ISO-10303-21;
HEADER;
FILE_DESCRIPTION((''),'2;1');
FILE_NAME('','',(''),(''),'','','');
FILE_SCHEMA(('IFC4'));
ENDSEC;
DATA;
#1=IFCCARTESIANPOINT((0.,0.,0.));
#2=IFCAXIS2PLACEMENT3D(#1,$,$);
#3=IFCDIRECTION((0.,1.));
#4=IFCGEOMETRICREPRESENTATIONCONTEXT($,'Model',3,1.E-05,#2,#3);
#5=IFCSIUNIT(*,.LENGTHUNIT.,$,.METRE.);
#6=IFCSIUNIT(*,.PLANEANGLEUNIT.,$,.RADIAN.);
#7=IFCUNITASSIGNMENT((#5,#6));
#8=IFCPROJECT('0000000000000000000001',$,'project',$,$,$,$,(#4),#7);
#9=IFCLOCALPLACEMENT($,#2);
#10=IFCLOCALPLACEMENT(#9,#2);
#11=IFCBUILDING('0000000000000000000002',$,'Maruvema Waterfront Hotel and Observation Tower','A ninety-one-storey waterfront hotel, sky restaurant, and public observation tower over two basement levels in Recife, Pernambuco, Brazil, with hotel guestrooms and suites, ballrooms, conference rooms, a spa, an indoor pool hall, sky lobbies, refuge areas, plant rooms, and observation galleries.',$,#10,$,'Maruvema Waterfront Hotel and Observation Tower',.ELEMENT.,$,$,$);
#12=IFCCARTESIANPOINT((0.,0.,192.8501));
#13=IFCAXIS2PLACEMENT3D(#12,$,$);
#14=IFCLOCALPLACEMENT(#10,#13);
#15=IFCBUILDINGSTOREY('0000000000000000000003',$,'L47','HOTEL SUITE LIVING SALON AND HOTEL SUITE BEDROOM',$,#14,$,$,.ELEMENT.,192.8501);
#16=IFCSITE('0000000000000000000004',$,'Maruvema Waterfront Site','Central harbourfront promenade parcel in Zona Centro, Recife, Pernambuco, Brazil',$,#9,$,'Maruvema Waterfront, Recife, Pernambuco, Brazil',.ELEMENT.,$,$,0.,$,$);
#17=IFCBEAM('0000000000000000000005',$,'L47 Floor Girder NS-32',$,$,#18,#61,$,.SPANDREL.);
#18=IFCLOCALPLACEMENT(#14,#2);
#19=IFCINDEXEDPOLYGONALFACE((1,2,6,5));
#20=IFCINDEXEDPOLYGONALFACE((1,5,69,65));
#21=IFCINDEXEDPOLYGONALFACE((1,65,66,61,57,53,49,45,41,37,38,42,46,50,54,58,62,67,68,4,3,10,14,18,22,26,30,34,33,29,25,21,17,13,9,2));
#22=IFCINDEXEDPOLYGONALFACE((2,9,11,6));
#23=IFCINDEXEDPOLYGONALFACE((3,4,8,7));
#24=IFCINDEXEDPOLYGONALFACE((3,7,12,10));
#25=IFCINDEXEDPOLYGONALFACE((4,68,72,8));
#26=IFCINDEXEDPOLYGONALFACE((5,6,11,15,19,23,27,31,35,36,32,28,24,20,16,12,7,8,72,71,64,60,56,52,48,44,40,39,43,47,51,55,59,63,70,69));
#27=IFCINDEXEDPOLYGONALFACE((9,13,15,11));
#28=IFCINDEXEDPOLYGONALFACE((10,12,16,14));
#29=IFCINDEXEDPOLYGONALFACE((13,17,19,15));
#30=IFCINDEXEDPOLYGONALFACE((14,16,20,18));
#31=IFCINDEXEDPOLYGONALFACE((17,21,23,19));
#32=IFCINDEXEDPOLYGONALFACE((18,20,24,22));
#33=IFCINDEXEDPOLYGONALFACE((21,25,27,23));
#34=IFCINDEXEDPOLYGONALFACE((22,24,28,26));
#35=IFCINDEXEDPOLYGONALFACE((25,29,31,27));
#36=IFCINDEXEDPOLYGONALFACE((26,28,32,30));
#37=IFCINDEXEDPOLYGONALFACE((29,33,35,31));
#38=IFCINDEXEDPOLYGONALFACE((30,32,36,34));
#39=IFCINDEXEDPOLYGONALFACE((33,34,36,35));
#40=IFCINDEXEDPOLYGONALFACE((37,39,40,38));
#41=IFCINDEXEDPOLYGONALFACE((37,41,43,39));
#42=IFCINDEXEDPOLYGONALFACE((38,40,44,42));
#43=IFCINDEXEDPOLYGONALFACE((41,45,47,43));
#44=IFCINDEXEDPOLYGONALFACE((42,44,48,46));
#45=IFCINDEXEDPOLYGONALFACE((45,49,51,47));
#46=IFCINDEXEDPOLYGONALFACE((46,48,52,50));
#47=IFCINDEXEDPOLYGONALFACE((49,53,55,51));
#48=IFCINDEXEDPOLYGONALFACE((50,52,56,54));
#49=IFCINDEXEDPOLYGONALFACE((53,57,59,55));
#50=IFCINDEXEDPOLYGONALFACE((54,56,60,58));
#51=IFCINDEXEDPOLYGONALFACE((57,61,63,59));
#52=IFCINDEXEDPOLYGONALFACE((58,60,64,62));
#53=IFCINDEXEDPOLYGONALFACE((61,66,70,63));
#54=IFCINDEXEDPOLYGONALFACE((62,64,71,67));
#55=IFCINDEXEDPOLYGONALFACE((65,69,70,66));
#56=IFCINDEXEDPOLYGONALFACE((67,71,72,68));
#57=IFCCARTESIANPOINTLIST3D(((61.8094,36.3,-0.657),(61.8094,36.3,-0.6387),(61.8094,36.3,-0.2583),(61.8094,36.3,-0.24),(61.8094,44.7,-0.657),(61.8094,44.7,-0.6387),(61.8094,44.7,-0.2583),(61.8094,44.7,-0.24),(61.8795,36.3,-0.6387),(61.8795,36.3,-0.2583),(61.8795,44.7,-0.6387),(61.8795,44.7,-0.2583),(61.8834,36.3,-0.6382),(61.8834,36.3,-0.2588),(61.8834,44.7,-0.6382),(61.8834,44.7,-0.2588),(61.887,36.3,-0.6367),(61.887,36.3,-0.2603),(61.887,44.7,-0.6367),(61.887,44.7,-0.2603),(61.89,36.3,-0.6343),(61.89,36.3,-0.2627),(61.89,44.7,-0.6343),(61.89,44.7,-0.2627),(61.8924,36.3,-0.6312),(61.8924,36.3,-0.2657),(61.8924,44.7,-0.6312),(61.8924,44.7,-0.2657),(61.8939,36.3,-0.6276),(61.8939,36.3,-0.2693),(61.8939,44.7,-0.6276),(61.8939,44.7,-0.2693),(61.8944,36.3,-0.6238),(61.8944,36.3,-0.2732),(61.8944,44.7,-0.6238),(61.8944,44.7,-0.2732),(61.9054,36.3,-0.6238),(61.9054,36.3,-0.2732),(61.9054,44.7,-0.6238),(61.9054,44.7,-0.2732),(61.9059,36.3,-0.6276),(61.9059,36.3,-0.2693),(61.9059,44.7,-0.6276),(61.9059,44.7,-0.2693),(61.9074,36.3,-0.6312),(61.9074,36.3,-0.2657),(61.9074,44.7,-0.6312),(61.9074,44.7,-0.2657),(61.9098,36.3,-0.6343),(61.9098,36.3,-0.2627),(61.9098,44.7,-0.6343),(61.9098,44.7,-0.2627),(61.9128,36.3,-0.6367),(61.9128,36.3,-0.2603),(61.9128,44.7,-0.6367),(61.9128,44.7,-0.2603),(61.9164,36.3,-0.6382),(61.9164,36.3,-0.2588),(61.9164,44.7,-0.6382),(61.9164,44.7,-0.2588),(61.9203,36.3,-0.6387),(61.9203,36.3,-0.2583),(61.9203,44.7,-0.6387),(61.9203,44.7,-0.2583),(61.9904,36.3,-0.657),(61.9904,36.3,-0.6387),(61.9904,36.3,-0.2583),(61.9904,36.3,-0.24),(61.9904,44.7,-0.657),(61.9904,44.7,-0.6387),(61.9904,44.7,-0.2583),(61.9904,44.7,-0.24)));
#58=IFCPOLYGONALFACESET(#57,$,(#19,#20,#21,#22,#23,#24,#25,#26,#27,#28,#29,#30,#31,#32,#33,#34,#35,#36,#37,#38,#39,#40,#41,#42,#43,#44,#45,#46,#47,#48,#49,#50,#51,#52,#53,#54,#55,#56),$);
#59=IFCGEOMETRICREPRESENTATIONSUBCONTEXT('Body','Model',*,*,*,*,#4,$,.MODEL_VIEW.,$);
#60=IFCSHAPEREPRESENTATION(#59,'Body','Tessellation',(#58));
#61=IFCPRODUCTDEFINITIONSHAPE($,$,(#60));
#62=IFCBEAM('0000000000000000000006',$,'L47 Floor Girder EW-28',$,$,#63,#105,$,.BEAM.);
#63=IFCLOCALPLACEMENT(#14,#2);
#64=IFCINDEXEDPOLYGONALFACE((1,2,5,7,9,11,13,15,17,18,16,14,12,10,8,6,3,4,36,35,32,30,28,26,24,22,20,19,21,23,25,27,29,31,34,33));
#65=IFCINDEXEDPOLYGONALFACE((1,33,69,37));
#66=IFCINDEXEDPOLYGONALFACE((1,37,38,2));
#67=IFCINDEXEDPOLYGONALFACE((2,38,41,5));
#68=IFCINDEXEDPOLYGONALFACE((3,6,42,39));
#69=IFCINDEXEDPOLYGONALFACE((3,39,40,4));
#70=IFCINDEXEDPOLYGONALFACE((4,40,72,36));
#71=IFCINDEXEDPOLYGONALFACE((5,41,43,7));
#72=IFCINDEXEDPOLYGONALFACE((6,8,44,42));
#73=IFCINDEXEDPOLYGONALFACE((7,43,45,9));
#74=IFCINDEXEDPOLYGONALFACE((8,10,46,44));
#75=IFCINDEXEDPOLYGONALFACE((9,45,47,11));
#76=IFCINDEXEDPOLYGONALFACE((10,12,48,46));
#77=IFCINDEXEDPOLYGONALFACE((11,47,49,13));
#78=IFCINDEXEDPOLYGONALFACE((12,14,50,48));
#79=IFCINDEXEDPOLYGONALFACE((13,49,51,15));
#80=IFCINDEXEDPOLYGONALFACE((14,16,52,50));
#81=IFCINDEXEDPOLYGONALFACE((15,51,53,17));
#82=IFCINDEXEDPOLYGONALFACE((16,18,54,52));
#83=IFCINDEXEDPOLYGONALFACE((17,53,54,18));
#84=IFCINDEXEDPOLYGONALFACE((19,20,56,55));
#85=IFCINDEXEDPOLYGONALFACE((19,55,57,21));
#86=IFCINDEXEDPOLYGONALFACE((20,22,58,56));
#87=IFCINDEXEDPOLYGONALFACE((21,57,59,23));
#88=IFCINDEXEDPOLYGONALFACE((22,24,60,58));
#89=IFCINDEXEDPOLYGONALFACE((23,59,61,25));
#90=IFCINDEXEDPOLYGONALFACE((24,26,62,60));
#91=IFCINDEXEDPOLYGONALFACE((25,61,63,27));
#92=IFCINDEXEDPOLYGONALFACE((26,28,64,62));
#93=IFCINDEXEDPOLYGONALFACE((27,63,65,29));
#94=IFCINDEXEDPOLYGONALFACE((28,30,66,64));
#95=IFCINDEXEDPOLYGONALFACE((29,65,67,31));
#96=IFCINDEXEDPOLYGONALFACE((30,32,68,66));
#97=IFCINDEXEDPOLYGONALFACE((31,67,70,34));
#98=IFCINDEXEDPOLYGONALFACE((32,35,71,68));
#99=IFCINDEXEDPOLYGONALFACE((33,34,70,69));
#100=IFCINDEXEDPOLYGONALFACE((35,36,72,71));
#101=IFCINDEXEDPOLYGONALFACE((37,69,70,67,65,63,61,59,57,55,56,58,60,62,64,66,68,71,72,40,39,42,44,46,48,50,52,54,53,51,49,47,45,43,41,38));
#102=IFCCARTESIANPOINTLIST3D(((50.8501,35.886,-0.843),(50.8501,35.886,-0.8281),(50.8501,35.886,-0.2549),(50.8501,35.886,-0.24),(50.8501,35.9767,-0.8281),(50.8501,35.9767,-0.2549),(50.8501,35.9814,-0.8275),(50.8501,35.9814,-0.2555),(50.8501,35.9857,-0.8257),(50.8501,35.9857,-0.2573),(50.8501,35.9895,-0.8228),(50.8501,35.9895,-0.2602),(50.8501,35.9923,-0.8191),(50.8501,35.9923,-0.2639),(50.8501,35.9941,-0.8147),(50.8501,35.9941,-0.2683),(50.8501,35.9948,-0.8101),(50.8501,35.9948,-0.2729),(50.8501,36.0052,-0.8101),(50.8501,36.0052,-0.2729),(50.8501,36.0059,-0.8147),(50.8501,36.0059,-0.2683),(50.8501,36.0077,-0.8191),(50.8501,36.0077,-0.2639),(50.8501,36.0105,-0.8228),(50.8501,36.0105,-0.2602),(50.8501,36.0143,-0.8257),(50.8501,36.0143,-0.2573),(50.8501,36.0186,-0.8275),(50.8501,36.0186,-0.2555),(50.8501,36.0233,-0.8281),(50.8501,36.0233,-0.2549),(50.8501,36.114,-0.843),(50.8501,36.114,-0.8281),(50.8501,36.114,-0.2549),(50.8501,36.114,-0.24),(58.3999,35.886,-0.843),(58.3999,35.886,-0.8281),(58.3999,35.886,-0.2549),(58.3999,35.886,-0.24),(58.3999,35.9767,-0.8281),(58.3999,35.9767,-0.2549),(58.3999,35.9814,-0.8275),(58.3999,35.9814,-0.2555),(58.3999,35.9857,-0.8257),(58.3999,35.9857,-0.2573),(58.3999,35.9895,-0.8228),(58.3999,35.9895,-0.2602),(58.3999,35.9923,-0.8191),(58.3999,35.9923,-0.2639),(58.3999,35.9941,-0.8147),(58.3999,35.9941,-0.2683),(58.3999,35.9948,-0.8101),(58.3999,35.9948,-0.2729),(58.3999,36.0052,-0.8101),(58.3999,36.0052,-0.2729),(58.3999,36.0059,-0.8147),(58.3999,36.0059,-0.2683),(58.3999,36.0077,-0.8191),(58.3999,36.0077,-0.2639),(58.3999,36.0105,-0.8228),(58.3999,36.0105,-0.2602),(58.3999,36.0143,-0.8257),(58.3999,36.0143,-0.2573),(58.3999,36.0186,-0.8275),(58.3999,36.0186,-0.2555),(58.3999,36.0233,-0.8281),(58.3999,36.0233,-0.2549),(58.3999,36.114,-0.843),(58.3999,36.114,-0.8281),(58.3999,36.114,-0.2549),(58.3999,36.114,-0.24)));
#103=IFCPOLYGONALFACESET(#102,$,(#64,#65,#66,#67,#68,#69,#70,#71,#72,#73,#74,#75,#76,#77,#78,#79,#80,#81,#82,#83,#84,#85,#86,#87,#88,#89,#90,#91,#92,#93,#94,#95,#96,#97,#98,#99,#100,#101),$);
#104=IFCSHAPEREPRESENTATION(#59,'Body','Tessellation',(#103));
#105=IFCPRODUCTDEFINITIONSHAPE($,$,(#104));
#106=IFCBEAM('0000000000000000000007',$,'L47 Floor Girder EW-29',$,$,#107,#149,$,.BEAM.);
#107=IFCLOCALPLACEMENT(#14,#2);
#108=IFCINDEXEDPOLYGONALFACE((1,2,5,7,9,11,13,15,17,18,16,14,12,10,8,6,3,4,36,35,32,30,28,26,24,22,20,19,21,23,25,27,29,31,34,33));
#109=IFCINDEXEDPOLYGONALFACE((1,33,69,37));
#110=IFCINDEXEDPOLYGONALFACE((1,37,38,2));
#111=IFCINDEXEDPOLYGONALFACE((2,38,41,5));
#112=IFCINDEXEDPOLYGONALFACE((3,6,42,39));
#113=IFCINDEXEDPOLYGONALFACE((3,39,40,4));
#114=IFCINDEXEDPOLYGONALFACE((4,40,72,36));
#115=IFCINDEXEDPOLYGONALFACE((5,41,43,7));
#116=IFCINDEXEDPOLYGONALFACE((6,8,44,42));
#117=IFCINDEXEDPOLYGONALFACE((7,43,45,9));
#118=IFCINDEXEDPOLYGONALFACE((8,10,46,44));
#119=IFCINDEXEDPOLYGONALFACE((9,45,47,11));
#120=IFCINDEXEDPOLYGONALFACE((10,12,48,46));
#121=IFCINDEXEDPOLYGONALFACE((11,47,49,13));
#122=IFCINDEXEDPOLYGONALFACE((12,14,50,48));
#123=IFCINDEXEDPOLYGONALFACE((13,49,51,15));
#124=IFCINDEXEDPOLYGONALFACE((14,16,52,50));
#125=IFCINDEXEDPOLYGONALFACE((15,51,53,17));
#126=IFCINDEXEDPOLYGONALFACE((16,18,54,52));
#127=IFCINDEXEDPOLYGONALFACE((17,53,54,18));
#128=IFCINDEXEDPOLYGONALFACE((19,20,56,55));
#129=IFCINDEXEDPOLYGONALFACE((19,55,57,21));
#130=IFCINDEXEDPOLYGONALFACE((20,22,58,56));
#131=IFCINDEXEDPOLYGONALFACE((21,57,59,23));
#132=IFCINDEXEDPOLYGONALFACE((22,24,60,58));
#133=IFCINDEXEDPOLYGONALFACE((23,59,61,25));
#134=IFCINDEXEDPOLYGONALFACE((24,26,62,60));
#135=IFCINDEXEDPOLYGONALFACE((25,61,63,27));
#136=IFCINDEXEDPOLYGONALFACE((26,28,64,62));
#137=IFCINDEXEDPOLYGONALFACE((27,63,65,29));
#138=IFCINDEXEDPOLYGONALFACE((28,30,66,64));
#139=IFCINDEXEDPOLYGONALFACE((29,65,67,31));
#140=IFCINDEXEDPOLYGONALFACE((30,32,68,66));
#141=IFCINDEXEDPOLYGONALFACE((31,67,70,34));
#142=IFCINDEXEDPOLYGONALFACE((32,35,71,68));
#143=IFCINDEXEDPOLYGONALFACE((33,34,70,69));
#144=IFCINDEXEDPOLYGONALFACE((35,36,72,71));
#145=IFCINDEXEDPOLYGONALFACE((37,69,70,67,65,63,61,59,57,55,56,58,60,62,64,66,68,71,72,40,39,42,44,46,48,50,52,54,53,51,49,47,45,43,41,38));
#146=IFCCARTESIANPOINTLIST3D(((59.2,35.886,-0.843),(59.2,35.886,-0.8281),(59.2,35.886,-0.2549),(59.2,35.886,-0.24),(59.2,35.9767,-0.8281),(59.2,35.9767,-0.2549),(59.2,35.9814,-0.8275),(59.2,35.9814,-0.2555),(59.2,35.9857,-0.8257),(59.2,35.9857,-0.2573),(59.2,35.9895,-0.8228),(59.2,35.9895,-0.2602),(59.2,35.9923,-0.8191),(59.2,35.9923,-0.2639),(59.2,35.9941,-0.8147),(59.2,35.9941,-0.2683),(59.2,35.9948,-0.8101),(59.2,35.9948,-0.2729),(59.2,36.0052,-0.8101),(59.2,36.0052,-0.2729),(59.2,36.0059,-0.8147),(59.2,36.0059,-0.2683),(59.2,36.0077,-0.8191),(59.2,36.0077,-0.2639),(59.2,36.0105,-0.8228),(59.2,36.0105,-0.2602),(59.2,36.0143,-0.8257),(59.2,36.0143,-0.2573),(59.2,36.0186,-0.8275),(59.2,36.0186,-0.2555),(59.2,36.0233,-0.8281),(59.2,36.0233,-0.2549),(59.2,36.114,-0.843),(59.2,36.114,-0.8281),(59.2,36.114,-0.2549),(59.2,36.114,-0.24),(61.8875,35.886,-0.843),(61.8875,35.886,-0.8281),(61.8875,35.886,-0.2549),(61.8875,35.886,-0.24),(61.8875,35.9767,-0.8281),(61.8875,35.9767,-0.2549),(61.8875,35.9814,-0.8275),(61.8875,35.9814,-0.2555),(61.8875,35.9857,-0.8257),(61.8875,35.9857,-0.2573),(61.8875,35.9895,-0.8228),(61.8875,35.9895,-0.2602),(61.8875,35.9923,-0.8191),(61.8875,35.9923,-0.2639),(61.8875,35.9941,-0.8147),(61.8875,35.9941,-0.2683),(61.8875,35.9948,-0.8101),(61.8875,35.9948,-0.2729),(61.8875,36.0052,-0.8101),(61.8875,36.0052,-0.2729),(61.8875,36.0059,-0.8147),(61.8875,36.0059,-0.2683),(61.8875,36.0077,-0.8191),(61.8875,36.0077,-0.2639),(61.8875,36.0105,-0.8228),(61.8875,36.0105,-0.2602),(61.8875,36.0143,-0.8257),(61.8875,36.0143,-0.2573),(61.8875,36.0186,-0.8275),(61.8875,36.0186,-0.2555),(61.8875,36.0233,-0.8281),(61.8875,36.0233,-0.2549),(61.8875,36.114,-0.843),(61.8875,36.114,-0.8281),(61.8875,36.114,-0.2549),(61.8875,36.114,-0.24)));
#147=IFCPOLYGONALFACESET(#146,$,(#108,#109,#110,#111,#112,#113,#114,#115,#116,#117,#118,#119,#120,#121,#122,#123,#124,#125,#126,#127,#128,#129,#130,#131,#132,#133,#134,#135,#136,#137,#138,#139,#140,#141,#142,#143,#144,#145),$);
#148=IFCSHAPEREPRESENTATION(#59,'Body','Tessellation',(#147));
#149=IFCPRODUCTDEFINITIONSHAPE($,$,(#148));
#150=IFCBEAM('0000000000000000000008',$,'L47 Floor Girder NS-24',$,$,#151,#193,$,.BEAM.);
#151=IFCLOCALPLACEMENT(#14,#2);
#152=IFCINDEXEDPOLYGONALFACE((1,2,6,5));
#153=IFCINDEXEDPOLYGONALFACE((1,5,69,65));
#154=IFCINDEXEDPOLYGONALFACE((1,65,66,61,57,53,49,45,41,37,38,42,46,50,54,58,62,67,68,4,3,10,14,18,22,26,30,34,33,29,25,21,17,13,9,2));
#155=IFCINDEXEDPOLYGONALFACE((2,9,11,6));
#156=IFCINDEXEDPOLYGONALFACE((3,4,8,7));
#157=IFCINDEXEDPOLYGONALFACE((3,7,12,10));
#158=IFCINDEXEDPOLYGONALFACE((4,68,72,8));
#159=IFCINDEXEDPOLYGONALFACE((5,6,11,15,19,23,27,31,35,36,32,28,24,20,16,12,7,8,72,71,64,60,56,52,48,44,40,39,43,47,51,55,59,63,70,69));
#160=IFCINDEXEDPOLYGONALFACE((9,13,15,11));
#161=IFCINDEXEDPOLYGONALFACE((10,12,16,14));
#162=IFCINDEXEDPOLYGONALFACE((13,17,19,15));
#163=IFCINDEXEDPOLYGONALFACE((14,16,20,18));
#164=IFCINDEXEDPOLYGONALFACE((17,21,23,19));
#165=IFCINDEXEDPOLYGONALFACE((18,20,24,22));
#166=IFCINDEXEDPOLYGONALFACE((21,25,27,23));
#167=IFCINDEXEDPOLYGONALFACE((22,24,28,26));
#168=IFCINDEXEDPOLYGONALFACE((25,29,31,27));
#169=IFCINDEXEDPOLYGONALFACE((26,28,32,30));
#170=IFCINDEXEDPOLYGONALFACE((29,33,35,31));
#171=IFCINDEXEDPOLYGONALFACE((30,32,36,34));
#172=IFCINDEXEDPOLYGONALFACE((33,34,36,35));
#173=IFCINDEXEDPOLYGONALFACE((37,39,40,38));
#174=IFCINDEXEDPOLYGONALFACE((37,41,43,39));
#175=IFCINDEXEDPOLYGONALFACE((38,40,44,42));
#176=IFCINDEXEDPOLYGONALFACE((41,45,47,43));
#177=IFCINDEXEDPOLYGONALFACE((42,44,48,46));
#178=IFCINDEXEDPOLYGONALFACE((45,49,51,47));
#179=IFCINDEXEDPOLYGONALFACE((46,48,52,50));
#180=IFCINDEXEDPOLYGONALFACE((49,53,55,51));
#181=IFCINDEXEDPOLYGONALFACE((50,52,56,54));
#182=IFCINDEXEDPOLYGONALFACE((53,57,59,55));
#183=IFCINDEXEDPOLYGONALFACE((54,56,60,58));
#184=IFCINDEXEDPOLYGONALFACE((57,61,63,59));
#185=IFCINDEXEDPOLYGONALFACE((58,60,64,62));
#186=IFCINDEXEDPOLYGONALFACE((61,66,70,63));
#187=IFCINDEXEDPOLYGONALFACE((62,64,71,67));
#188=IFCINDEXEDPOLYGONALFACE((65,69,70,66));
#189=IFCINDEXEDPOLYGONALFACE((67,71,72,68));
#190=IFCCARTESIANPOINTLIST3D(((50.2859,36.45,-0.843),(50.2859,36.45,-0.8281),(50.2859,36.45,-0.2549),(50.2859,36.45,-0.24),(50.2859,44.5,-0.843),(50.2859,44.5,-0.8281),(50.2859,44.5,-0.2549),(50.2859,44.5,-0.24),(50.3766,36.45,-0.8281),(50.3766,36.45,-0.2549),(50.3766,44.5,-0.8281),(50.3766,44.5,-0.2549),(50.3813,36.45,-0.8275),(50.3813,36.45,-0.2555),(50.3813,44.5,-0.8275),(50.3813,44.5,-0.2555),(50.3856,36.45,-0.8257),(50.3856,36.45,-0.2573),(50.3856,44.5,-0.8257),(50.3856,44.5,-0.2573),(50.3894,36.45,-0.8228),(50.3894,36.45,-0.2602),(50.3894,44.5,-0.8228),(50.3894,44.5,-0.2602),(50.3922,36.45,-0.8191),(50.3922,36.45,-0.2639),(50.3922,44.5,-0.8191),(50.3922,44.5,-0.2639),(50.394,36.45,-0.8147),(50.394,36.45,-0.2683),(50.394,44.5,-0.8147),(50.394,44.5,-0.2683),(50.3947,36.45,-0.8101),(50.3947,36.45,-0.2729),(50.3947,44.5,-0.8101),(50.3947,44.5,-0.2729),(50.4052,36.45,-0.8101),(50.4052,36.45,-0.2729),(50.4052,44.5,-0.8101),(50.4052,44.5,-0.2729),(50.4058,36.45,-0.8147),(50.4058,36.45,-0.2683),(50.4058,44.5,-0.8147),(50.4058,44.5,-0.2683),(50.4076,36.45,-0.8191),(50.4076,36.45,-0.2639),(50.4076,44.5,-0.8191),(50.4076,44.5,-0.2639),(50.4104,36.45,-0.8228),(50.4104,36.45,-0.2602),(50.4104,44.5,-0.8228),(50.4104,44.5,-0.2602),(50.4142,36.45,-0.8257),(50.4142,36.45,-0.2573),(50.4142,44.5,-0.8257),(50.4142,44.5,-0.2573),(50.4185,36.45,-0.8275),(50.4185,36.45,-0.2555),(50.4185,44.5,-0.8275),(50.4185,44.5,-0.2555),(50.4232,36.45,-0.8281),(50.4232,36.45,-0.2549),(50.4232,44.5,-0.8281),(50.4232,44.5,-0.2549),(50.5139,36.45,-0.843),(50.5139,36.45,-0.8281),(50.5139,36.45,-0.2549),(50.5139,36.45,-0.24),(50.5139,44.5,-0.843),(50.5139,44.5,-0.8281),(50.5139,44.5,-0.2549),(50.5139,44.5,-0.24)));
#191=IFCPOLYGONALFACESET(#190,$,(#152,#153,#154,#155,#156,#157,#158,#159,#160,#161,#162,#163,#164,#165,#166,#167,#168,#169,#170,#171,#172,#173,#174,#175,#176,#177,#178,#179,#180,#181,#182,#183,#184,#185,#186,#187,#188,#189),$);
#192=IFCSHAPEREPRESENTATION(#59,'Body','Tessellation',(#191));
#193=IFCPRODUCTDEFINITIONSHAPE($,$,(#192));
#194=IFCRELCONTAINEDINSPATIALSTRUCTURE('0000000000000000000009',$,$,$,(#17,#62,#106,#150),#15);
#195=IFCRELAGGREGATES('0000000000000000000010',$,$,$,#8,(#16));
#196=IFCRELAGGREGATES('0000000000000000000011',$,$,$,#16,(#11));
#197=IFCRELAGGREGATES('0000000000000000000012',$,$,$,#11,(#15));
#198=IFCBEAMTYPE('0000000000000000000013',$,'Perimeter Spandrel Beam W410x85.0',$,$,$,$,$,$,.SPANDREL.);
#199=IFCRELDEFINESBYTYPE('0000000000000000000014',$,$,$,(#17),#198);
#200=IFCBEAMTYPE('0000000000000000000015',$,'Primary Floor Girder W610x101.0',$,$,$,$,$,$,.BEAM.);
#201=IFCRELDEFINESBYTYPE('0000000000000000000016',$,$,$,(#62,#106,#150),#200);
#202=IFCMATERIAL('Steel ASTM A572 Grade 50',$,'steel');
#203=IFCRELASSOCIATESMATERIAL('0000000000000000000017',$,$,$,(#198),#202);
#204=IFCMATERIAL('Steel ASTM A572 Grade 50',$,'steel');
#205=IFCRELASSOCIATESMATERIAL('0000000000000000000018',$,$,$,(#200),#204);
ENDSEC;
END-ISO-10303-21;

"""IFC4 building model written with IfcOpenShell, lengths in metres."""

from ifc_helpers import new_model, si_unit, direction, frame, origin, origin_2d, place, context, subcontext, project, spatial, i_section, extrude, material, material_profile, profile_set, type_object, element, save


model = new_model("IFC4")

# Units and contexts
model_context = context("Model", 3, precision=1e-05, world=origin(), true_north=direction((0.0, 1.0)))
body_context = subcontext(model_context, "Body", "Model", "MODEL_VIEW")
ifc_project = project(units=[si_unit("LENGTHUNIT", "METRE"), si_unit("PLANEANGLEUNIT", "RADIAN")], contexts=[model_context])

# Site, building, storey
site_placement = place(None, origin())
site = spatial("IfcSite", under=ifc_project, at=site_placement, Name="Maruvema Waterfront Site", Description="Central harbourfront promenade parcel in Zona Centro, Recife, Pernambuco, Brazil", LongName="Maruvema Waterfront, Recife, Pernambuco, Brazil", CompositionType="ELEMENT", RefElevation=0.0)
building_placement = place(site_placement, origin())
building = spatial("IfcBuilding", under=site, at=building_placement, Name="Maruvema Waterfront Hotel and Observation Tower", Description="A ninety-one-storey waterfront hotel, sky restaurant, and public observation tower over two basement levels in Recife, Pernambuco, Brazil, with hotel guestrooms and suites, ballrooms, conference rooms, a spa, an indoor pool hall, sky lobbies, refuge areas, plant rooms, and observation galleries.", LongName="Maruvema Waterfront Hotel and Observation Tower", CompositionType="ELEMENT")
storey_placement = place(building_placement, frame((0.0, 0.0, 192.8501)))
storey = spatial("IfcBuildingStorey", under=building, at=storey_placement, Name="L47", Description="HOTEL SUITE LIVING SALON AND HOTEL SUITE BEDROOM", CompositionType="ELEMENT", Elevation=192.8501)

# Beams
ifc_material_1 = material(Name="Steel ASTM A572 Grade 50", Category="steel")
ifc_material_profile_1 = material_profile(ifc_material_1, i_section(OverallWidth=0.1809, OverallDepth=0.417, WebThickness=0.011, FlangeThickness=0.0183, FilletRadius=0.0149, at=origin_2d()), Name="W410x85.0")
ifc_profile_set_1 = profile_set([ifc_material_profile_1], Name="Steel ASTM A572 Grade 50")
beam_type_1 = type_object("IfcBeamType", Name="Perimeter Spandrel Beam W410x85.0", PredefinedType="SPANDREL", material=ifc_profile_set_1)
beam_1_placement = place(storey_placement, frame((61.8999, 36.3, -0.4485), z_axis=(0.0, 1.0, 0.0), x_axis=(-1.0, 0.0, 0.0)))
element("IfcBeam", 1, at=beam_1_placement, inside=storey, type_object=beam_type_1, Name="L47 Floor Girder NS-32", PredefinedType="SPANDREL", context=body_context, shape_type="SweptSolid", body=[
    extrude(i_section(OverallWidth=0.1809, OverallDepth=0.417, WebThickness=0.011, FlangeThickness=0.0183, FilletRadius=0.0149, at=origin_2d()), origin(), (0.0, 0.0, 1.0), 8.3999),
])
ifc_material_2 = material(Name="Steel ASTM A572 Grade 50", Category="steel")
ifc_material_profile_2 = material_profile(ifc_material_2, i_section(OverallWidth=0.228, OverallDepth=0.603, WebThickness=0.0105, FlangeThickness=0.0149, FilletRadius=0.0181, at=origin_2d()), Name="W610x101.0")
ifc_profile_set_2 = profile_set([ifc_material_profile_2], Name="Steel ASTM A572 Grade 50")
beam_type_2 = type_object("IfcBeamType", Name="Primary Floor Girder W610x101.0", PredefinedType="BEAM", material=ifc_profile_set_2)
beam_2_placement = place(storey_placement, frame((50.8501, 36.0, -0.5415), z_axis=(1.0, 0.0, 0.0), x_axis=(0.0, 1.0, 0.0)))
element("IfcBeam", 2, at=beam_2_placement, inside=storey, type_object=beam_type_2, Name="L47 Floor Girder EW-28", PredefinedType="BEAM", context=body_context, shape_type="SweptSolid", body=[
    extrude(i_section(OverallWidth=0.228, OverallDepth=0.603, WebThickness=0.0105, FlangeThickness=0.0149, FilletRadius=0.0181, at=origin_2d()), origin(), (0.0, 0.0, 1.0), 7.5498),
])
beam_3_placement = place(storey_placement, frame((59.2, 36.0, -0.5415), z_axis=(1.0, 0.0, 0.0), x_axis=(0.0, 1.0, 0.0)))
element("IfcBeam", 3, at=beam_3_placement, inside=storey, type_object=beam_type_2, Name="L47 Floor Girder EW-29", PredefinedType="BEAM", context=body_context, shape_type="SweptSolid", body=[
    extrude(i_section(OverallWidth=0.228, OverallDepth=0.603, WebThickness=0.0105, FlangeThickness=0.0149, FilletRadius=0.0181, at=origin_2d()), origin(), (0.0, 0.0, 1.0), 2.6875),
])
beam_4_placement = place(storey_placement, frame((50.3999, 36.45, -0.5415), z_axis=(0.0, 1.0, 0.0), x_axis=(-1.0, 0.0, 0.0)))
element("IfcBeam", 4, at=beam_4_placement, inside=storey, type_object=beam_type_2, Name="L47 Floor Girder NS-24", PredefinedType="BEAM", context=body_context, shape_type="SweptSolid", body=[
    extrude(i_section(OverallWidth=0.228, OverallDepth=0.603, WebThickness=0.0105, FlangeThickness=0.0149, FilletRadius=0.0181, at=origin_2d()), origin(), (0.0, 0.0, 1.0), 8.05),
])

save(model, "model.ifc")
